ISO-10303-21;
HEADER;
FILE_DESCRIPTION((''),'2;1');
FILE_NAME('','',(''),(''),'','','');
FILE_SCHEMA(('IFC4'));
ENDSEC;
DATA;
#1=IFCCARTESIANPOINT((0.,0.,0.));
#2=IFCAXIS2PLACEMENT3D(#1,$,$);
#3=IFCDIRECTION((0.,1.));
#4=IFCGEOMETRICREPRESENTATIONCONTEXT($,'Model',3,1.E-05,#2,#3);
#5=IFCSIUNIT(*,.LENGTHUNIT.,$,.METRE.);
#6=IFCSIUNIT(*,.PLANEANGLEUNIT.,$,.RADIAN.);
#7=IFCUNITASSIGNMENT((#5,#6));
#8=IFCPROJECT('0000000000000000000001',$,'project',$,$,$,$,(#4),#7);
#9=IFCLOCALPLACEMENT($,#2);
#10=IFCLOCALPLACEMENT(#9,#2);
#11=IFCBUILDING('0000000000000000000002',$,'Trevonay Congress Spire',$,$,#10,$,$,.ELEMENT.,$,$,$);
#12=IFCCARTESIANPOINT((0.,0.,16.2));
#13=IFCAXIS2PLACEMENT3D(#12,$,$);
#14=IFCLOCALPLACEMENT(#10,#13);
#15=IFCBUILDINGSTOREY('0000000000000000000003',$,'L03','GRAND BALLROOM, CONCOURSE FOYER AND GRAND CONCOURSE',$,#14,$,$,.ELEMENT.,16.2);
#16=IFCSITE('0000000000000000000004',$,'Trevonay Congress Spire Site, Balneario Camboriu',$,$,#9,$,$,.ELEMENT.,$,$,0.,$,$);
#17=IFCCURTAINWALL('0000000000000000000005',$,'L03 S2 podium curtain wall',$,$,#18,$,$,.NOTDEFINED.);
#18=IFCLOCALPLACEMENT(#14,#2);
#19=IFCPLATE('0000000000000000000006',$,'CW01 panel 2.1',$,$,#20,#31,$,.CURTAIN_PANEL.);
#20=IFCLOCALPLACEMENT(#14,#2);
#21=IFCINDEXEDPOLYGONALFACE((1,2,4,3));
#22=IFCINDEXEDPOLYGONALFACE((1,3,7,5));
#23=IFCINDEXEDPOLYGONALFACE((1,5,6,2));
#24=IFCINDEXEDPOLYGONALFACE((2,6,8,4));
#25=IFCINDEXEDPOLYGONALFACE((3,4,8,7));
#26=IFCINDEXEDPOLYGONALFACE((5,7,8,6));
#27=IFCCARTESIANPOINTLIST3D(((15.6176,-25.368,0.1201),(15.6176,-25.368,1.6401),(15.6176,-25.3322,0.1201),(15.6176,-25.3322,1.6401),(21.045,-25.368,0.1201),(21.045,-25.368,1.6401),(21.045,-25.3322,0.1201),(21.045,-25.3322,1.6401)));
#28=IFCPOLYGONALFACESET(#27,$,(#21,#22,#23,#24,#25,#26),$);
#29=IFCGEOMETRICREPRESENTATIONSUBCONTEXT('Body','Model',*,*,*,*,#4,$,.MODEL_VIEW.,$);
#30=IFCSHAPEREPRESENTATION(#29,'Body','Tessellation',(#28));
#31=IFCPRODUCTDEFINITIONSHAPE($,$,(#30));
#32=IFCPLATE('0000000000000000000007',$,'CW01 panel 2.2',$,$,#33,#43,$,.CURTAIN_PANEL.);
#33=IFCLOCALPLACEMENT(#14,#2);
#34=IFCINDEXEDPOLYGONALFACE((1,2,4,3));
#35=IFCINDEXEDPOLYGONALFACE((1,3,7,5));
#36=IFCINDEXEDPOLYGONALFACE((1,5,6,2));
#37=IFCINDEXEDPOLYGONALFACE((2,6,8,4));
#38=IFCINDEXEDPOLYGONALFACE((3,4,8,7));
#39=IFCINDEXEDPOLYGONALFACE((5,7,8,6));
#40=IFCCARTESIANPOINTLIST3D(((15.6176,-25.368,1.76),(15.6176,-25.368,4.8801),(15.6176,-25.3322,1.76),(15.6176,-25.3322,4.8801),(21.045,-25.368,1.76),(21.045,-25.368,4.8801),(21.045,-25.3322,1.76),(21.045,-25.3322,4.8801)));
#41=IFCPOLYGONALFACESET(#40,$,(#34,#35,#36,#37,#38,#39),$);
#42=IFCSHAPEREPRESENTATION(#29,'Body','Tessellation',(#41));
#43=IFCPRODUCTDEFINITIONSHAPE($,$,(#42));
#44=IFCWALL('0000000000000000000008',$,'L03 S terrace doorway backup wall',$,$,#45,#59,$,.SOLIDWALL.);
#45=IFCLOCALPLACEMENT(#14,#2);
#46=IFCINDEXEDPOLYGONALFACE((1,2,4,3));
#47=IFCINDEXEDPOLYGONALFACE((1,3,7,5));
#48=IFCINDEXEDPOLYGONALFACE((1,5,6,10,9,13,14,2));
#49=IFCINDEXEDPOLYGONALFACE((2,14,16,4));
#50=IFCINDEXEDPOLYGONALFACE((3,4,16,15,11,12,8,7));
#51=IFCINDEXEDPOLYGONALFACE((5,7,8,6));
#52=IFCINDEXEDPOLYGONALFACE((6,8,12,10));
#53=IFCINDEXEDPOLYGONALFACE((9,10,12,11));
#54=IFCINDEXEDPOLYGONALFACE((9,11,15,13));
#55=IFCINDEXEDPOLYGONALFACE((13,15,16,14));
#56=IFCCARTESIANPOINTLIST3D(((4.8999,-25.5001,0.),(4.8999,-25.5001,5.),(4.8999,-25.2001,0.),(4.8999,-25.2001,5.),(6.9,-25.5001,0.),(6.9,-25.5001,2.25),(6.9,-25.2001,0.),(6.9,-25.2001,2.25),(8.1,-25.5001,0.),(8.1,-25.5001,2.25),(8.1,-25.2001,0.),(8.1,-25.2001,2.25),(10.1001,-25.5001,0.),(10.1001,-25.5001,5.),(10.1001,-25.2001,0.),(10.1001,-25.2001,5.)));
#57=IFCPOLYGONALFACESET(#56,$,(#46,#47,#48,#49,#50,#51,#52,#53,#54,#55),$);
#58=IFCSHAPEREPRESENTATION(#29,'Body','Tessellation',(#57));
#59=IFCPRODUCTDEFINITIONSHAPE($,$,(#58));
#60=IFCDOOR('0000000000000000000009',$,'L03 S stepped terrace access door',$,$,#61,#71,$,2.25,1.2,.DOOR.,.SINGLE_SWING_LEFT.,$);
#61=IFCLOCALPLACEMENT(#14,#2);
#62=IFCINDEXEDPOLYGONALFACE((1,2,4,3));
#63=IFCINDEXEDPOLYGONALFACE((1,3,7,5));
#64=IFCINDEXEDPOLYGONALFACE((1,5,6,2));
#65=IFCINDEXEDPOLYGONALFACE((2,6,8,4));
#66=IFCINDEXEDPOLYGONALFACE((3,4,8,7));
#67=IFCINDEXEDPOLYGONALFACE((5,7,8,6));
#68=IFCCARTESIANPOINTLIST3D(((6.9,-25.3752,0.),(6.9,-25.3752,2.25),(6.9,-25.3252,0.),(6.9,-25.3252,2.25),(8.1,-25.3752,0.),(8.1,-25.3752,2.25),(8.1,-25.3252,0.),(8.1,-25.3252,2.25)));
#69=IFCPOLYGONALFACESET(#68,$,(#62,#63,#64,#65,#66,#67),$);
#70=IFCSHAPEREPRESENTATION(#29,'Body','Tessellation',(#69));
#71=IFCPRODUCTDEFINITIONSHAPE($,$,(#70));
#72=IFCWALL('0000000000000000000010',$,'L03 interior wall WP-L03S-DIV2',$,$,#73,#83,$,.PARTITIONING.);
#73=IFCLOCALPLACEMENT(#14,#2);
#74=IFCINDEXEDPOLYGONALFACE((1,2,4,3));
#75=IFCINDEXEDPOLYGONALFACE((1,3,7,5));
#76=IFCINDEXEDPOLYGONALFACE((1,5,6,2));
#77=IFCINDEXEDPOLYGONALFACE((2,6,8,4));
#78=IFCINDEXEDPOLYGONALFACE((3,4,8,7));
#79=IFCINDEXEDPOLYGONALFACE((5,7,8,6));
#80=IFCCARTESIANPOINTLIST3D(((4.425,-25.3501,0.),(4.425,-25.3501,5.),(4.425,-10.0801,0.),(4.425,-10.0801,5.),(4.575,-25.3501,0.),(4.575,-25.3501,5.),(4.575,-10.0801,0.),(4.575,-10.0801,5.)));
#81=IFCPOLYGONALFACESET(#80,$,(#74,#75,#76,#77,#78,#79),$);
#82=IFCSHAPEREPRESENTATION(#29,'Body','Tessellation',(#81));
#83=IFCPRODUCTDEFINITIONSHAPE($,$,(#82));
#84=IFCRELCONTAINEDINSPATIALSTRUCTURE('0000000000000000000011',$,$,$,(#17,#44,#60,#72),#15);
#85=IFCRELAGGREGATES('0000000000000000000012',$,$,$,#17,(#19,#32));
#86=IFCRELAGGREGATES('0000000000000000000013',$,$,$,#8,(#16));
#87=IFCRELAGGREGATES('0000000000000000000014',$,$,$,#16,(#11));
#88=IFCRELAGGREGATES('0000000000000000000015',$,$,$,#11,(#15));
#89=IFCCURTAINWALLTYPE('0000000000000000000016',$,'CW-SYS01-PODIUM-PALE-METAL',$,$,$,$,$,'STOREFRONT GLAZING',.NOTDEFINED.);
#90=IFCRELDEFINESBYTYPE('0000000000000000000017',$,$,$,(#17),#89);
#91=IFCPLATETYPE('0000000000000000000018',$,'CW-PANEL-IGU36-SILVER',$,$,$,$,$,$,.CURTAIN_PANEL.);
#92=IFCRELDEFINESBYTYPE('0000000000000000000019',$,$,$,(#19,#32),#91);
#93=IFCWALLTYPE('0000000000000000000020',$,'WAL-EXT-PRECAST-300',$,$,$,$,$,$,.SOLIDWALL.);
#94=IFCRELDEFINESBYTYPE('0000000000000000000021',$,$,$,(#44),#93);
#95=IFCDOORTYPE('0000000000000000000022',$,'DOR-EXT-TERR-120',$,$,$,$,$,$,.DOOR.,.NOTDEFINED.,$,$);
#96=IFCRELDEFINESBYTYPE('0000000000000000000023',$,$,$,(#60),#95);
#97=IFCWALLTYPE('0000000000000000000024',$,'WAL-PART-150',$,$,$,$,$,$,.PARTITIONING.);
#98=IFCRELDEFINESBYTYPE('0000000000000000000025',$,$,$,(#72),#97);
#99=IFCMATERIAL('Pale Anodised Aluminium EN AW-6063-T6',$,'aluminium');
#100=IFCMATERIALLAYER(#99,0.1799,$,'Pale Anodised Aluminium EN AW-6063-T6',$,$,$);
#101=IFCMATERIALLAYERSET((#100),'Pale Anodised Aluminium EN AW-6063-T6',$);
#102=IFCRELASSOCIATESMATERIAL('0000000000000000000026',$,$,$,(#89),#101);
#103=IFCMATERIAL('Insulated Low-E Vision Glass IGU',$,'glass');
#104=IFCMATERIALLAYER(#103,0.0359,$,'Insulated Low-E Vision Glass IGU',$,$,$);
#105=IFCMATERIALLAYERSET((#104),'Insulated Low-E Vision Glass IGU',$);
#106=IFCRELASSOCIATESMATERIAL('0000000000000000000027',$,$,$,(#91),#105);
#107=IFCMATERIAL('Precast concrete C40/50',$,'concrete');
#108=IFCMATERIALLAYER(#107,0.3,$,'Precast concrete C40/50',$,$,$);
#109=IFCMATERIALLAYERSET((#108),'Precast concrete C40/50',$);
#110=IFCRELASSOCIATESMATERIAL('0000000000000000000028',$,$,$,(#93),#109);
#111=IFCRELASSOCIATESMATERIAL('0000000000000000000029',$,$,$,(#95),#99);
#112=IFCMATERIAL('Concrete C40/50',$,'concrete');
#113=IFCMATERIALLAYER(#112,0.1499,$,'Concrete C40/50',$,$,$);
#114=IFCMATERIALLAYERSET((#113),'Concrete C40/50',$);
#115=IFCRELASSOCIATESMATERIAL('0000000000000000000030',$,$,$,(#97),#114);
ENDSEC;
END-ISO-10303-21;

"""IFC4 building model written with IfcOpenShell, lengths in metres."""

from ifc_helpers import new_model, si_unit, direction, frame, frame_2d, origin, origin_2d, place, context, subcontext, project, spatial, rectangle, extrude, material, layer, layer_set, type_object, element, fill, aggregate, save


model = new_model("IFC4")

# Units and contexts
model_context = context("Model", 3, precision=1e-05, world=origin(), true_north=direction((0.0, 1.0)))
body_context = subcontext(model_context, "Body", "Model", "MODEL_VIEW")
ifc_project = project(units=[si_unit("LENGTHUNIT", "METRE"), si_unit("PLANEANGLEUNIT", "RADIAN")], contexts=[model_context])

# Site, building, storey
site_placement = place(None, origin())
site = spatial("IfcSite", under=ifc_project, at=site_placement, Name="Trevonay Congress Spire Site, Balneario Camboriu", CompositionType="ELEMENT", RefElevation=0.0)
building_placement = place(site_placement, origin())
building = spatial("IfcBuilding", under=site, at=building_placement, Name="Trevonay Congress Spire", CompositionType="ELEMENT")
storey_placement = place(building_placement, frame((0.0, 0.0, 16.2)))
storey = spatial("IfcBuildingStorey", under=building, at=storey_placement, Name="L03", Description="GRAND BALLROOM, CONCOURSE FOYER AND GRAND CONCOURSE", CompositionType="ELEMENT", Elevation=16.2)

# Shared definitions
ifc_material_1 = material(Name="Pale Anodised Aluminium EN AW-6063-T6", Category="aluminium")
ifc_layer_1 = layer(ifc_material_1, 0.1799, Name="Pale Anodised Aluminium EN AW-6063-T6")
ifc_layer_set_1 = layer_set([ifc_layer_1], Name="Pale Anodised Aluminium EN AW-6063-T6")
curtain_wall_type = type_object("IfcCurtainWallType", Name="CW-SYS01-PODIUM-PALE-METAL", ElementType="STOREFRONT GLAZING", PredefinedType="NOTDEFINED", material=ifc_layer_set_1)

# Curtain wall
curtain_wall_1_placement = place(storey_placement, origin())
curtain_wall_1 = element("IfcCurtainWall", 1, at=curtain_wall_1_placement, inside=storey, type_object=curtain_wall_type, Name="L03 S2 podium curtain wall", PredefinedType="NOTDEFINED")

# Plates
ifc_material_2 = material(Name="Insulated Low-E Vision Glass IGU", Category="glass")
ifc_layer_2 = layer(ifc_material_2, 0.0359, Name="Insulated Low-E Vision Glass IGU")
ifc_layer_set_2 = layer_set([ifc_layer_2], Name="Insulated Low-E Vision Glass IGU")
plate_type = type_object("IfcPlateType", Name="CW-PANEL-IGU36-SILVER", PredefinedType="CURTAIN_PANEL", material=ifc_layer_set_2)
plate_1_placement = place(storey_placement, frame((18.3313, -25.3501, 0.1201), z_axis=(0.0, 0.0, 1.0), x_axis=(1.0, 0.0, 0.0)))
plate_1 = element("IfcPlate", 2, at=plate_1_placement, type_object=plate_type, Name="CW01 panel 2.1", PredefinedType="CURTAIN_PANEL", context=body_context, shape_type="SweptSolid", body=[
    extrude(rectangle(XDim=5.4275, YDim=0.0359, at=origin_2d()), origin(), (0.0, 0.0, 1.0), 1.52),
])
plate_2_placement = place(storey_placement, frame((18.3313, -25.3501, 1.76), z_axis=(0.0, 0.0, 1.0), x_axis=(1.0, 0.0, 0.0)))
plate_2 = element("IfcPlate", 3, at=plate_2_placement, type_object=plate_type, Name="CW01 panel 2.2", PredefinedType="CURTAIN_PANEL", context=body_context, shape_type="SweptSolid", body=[
    extrude(rectangle(XDim=5.4275, YDim=0.0359, at=origin_2d()), origin(), (0.0, 0.0, 1.0), 3.1201),
])
aggregate(curtain_wall_1, [plate_1, plate_2])

# Wall, opening, door
ifc_material_3 = material(Name="Precast concrete C40/50", Category="concrete")
ifc_layer_3 = layer(ifc_material_3, 0.3, Name="Precast concrete C40/50")
ifc_layer_set_3 = layer_set([ifc_layer_3], Name="Precast concrete C40/50")
wall_type_1 = type_object("IfcWallType", Name="WAL-EXT-PRECAST-300", PredefinedType="SOLIDWALL", material=ifc_layer_set_3)
wall_1_placement = place(storey_placement, frame((4.8999, -25.3501, 0.0), z_axis=(0.0, 0.0, 1.0), x_axis=(1.0, 0.0, 0.0)))
wall_1 = element("IfcWall", 4, at=wall_1_placement, inside=storey, type_object=wall_type_1, Name="L03 S terrace doorway backup wall", PredefinedType="SOLIDWALL", context=body_context, shape_type="SweptSolid", body=[
    extrude(rectangle(XDim=5.2002, YDim=0.3, at=frame_2d((2.6001, 0.0))), origin(), (0.0, 0.0, 1.0), 5.0),
])
opening_placement = place(wall_1_placement, frame((2.0, 0.0, 0.0)))
opening = element("IfcOpeningElement", 5, at=opening_placement, cuts=wall_1, PredefinedType="OPENING", context=body_context, shape_type="SweptSolid", body=[
    extrude(rectangle(XDim=1.2, YDim=2.25, at=frame_2d((0.6001, 1.125))), frame((0.0, 0.1602, 0.0), z_axis=(0.0, -1.0, 0.0), x_axis=(1.0, 0.0, 0.0)), (0.0, 0.0, 1.0), 0.3201),
])
door_type = type_object("IfcDoorType", Name="DOR-EXT-TERR-120", OperationType="NOTDEFINED", PredefinedType="DOOR", material=ifc_material_1)
door_placement = place(opening_placement, origin())
door = element("IfcDoor", 6, at=door_placement, inside=storey, type_object=door_type, Name="L03 S stepped terrace access door", OperationType="SINGLE_SWING_LEFT", OverallHeight=2.25, OverallWidth=1.2, PredefinedType="DOOR", context=body_context, shape_type="SweptSolid", body=[
    extrude(rectangle(XDim=1.2, YDim=2.25, at=frame_2d((0.6001, 1.125))), frame((0.0, 0.0249, 0.0), z_axis=(0.0, -1.0, 0.0), x_axis=(1.0, 0.0, 0.0)), (0.0, 0.0, 1.0), 0.05),
])
fill(opening, door)

# Wall
ifc_material_4 = material(Name="Concrete C40/50", Category="concrete")
ifc_layer_4 = layer(ifc_material_4, 0.1499, Name="Concrete C40/50")
ifc_layer_set_4 = layer_set([ifc_layer_4], Name="Concrete C40/50")
wall_type_2 = type_object("IfcWallType", Name="WAL-PART-150", PredefinedType="PARTITIONING", material=ifc_layer_set_4)
wall_2_placement = place(storey_placement, frame((4.5, -25.3501, 0.0), z_axis=(0.0, 0.0, 1.0), x_axis=(0.0, 1.0, 0.0)))
element("IfcWall", 7, at=wall_2_placement, inside=storey, type_object=wall_type_2, Name="L03 interior wall WP-L03S-DIV2", PredefinedType="PARTITIONING", context=body_context, shape_type="SweptSolid", body=[
    extrude(rectangle(XDim=15.27, YDim=0.1499, at=frame_2d((7.635, 0.0))), origin(), (0.0, 0.0, 1.0), 5.0),
])

save(model, "model.ifc")
